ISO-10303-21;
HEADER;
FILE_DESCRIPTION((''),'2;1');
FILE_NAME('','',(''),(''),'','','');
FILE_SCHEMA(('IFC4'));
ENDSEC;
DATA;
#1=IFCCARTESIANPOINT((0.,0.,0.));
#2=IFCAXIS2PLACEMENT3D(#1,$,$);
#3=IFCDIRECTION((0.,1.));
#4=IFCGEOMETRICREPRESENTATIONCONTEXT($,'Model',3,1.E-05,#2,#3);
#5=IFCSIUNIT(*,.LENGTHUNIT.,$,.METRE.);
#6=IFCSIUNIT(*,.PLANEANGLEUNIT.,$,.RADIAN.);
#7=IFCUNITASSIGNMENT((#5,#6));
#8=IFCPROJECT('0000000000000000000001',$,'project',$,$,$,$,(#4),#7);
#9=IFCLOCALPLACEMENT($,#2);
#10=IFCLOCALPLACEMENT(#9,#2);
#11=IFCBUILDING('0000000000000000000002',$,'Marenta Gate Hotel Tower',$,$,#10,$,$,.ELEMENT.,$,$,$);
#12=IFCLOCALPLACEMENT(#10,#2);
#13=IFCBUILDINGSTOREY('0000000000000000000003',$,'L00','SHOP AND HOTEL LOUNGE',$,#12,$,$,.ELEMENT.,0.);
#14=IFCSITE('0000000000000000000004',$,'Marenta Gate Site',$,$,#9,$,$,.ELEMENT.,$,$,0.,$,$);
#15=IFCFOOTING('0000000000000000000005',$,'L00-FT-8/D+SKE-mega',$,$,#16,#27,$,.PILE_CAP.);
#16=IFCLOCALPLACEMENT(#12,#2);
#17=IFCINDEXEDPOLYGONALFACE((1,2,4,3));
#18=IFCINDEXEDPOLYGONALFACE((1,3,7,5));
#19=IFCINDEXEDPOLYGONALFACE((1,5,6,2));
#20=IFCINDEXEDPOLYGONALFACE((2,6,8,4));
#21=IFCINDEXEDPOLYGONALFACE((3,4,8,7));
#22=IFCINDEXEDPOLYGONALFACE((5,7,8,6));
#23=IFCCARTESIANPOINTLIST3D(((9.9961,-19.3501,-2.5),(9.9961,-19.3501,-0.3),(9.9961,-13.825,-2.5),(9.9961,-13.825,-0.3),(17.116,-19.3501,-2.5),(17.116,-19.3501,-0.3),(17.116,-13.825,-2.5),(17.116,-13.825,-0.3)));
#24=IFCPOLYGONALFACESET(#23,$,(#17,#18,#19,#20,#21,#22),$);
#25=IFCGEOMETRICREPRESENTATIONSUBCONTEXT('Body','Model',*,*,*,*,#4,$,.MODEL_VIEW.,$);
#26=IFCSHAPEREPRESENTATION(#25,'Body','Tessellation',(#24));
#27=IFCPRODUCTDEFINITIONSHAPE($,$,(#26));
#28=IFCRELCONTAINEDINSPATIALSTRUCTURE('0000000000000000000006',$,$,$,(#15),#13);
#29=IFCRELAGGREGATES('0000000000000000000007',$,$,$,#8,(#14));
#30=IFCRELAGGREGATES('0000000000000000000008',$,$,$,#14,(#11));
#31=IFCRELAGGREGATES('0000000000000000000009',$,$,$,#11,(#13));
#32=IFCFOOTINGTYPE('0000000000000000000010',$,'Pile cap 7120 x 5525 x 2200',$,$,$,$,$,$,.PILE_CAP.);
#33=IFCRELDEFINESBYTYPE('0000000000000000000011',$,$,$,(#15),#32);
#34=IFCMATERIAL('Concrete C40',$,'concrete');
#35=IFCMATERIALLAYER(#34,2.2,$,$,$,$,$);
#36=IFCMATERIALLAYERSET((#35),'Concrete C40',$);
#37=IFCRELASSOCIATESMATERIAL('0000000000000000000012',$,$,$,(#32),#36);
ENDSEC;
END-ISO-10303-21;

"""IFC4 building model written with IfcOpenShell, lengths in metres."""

from ifc_helpers import new_model, si_unit, direction, frame, origin, place, context, subcontext, project, spatial, polyline, outline, extrude, material, layer, layer_set, type_object, element, save


model = new_model("IFC4")

# Units and contexts
model_context = context("Model", 3, precision=1e-05, world=origin(), true_north=direction((0.0, 1.0)))
body_context = subcontext(model_context, "Body", "Model", "MODEL_VIEW")
ifc_project = project(units=[si_unit("LENGTHUNIT", "METRE"), si_unit("PLANEANGLEUNIT", "RADIAN")], contexts=[model_context])

# Site, building, storey
site_placement = place(None, origin())
site = spatial("IfcSite", under=ifc_project, at=site_placement, Name="Marenta Gate Site", CompositionType="ELEMENT", RefElevation=0.0)
building_placement = place(site_placement, origin())
building = spatial("IfcBuilding", under=site, at=building_placement, Name="Marenta Gate Hotel Tower", CompositionType="ELEMENT")
storey_placement = place(building_placement, origin())
storey = spatial("IfcBuildingStorey", under=building, at=storey_placement, Name="L00", Description="SHOP AND HOTEL LOUNGE", CompositionType="ELEMENT", Elevation=0.0)

# Footing
ifc_material_1 = material(Name="Concrete C40", Category="concrete")
ifc_layer_1 = layer(ifc_material_1, 2.2)
ifc_layer_set_1 = layer_set([ifc_layer_1], Name="Concrete C40")
footing_type_1 = type_object("IfcFootingType", Name="Pile cap 7120 x 5525 x 2200", PredefinedType="PILE_CAP", material=ifc_layer_set_1)
footing_1_placement = place(storey_placement, frame((0.0, 0.0, -2.5)))
element("IfcFooting", 1, at=footing_1_placement, inside=storey, type_object=footing_type_1, Name="L00-FT-8/D+SKE-mega", PredefinedType="PILE_CAP", context=body_context, shape_type="SweptSolid", body=[
    extrude(outline(polyline([(9.9961, -19.3501), (17.116, -19.3501), (17.116, -13.825), (9.9961, -13.825), (9.9961, -19.3501)])), origin(), (0.0, 0.0, 1.0), 2.2),
])

save(model, "model.ifc")
